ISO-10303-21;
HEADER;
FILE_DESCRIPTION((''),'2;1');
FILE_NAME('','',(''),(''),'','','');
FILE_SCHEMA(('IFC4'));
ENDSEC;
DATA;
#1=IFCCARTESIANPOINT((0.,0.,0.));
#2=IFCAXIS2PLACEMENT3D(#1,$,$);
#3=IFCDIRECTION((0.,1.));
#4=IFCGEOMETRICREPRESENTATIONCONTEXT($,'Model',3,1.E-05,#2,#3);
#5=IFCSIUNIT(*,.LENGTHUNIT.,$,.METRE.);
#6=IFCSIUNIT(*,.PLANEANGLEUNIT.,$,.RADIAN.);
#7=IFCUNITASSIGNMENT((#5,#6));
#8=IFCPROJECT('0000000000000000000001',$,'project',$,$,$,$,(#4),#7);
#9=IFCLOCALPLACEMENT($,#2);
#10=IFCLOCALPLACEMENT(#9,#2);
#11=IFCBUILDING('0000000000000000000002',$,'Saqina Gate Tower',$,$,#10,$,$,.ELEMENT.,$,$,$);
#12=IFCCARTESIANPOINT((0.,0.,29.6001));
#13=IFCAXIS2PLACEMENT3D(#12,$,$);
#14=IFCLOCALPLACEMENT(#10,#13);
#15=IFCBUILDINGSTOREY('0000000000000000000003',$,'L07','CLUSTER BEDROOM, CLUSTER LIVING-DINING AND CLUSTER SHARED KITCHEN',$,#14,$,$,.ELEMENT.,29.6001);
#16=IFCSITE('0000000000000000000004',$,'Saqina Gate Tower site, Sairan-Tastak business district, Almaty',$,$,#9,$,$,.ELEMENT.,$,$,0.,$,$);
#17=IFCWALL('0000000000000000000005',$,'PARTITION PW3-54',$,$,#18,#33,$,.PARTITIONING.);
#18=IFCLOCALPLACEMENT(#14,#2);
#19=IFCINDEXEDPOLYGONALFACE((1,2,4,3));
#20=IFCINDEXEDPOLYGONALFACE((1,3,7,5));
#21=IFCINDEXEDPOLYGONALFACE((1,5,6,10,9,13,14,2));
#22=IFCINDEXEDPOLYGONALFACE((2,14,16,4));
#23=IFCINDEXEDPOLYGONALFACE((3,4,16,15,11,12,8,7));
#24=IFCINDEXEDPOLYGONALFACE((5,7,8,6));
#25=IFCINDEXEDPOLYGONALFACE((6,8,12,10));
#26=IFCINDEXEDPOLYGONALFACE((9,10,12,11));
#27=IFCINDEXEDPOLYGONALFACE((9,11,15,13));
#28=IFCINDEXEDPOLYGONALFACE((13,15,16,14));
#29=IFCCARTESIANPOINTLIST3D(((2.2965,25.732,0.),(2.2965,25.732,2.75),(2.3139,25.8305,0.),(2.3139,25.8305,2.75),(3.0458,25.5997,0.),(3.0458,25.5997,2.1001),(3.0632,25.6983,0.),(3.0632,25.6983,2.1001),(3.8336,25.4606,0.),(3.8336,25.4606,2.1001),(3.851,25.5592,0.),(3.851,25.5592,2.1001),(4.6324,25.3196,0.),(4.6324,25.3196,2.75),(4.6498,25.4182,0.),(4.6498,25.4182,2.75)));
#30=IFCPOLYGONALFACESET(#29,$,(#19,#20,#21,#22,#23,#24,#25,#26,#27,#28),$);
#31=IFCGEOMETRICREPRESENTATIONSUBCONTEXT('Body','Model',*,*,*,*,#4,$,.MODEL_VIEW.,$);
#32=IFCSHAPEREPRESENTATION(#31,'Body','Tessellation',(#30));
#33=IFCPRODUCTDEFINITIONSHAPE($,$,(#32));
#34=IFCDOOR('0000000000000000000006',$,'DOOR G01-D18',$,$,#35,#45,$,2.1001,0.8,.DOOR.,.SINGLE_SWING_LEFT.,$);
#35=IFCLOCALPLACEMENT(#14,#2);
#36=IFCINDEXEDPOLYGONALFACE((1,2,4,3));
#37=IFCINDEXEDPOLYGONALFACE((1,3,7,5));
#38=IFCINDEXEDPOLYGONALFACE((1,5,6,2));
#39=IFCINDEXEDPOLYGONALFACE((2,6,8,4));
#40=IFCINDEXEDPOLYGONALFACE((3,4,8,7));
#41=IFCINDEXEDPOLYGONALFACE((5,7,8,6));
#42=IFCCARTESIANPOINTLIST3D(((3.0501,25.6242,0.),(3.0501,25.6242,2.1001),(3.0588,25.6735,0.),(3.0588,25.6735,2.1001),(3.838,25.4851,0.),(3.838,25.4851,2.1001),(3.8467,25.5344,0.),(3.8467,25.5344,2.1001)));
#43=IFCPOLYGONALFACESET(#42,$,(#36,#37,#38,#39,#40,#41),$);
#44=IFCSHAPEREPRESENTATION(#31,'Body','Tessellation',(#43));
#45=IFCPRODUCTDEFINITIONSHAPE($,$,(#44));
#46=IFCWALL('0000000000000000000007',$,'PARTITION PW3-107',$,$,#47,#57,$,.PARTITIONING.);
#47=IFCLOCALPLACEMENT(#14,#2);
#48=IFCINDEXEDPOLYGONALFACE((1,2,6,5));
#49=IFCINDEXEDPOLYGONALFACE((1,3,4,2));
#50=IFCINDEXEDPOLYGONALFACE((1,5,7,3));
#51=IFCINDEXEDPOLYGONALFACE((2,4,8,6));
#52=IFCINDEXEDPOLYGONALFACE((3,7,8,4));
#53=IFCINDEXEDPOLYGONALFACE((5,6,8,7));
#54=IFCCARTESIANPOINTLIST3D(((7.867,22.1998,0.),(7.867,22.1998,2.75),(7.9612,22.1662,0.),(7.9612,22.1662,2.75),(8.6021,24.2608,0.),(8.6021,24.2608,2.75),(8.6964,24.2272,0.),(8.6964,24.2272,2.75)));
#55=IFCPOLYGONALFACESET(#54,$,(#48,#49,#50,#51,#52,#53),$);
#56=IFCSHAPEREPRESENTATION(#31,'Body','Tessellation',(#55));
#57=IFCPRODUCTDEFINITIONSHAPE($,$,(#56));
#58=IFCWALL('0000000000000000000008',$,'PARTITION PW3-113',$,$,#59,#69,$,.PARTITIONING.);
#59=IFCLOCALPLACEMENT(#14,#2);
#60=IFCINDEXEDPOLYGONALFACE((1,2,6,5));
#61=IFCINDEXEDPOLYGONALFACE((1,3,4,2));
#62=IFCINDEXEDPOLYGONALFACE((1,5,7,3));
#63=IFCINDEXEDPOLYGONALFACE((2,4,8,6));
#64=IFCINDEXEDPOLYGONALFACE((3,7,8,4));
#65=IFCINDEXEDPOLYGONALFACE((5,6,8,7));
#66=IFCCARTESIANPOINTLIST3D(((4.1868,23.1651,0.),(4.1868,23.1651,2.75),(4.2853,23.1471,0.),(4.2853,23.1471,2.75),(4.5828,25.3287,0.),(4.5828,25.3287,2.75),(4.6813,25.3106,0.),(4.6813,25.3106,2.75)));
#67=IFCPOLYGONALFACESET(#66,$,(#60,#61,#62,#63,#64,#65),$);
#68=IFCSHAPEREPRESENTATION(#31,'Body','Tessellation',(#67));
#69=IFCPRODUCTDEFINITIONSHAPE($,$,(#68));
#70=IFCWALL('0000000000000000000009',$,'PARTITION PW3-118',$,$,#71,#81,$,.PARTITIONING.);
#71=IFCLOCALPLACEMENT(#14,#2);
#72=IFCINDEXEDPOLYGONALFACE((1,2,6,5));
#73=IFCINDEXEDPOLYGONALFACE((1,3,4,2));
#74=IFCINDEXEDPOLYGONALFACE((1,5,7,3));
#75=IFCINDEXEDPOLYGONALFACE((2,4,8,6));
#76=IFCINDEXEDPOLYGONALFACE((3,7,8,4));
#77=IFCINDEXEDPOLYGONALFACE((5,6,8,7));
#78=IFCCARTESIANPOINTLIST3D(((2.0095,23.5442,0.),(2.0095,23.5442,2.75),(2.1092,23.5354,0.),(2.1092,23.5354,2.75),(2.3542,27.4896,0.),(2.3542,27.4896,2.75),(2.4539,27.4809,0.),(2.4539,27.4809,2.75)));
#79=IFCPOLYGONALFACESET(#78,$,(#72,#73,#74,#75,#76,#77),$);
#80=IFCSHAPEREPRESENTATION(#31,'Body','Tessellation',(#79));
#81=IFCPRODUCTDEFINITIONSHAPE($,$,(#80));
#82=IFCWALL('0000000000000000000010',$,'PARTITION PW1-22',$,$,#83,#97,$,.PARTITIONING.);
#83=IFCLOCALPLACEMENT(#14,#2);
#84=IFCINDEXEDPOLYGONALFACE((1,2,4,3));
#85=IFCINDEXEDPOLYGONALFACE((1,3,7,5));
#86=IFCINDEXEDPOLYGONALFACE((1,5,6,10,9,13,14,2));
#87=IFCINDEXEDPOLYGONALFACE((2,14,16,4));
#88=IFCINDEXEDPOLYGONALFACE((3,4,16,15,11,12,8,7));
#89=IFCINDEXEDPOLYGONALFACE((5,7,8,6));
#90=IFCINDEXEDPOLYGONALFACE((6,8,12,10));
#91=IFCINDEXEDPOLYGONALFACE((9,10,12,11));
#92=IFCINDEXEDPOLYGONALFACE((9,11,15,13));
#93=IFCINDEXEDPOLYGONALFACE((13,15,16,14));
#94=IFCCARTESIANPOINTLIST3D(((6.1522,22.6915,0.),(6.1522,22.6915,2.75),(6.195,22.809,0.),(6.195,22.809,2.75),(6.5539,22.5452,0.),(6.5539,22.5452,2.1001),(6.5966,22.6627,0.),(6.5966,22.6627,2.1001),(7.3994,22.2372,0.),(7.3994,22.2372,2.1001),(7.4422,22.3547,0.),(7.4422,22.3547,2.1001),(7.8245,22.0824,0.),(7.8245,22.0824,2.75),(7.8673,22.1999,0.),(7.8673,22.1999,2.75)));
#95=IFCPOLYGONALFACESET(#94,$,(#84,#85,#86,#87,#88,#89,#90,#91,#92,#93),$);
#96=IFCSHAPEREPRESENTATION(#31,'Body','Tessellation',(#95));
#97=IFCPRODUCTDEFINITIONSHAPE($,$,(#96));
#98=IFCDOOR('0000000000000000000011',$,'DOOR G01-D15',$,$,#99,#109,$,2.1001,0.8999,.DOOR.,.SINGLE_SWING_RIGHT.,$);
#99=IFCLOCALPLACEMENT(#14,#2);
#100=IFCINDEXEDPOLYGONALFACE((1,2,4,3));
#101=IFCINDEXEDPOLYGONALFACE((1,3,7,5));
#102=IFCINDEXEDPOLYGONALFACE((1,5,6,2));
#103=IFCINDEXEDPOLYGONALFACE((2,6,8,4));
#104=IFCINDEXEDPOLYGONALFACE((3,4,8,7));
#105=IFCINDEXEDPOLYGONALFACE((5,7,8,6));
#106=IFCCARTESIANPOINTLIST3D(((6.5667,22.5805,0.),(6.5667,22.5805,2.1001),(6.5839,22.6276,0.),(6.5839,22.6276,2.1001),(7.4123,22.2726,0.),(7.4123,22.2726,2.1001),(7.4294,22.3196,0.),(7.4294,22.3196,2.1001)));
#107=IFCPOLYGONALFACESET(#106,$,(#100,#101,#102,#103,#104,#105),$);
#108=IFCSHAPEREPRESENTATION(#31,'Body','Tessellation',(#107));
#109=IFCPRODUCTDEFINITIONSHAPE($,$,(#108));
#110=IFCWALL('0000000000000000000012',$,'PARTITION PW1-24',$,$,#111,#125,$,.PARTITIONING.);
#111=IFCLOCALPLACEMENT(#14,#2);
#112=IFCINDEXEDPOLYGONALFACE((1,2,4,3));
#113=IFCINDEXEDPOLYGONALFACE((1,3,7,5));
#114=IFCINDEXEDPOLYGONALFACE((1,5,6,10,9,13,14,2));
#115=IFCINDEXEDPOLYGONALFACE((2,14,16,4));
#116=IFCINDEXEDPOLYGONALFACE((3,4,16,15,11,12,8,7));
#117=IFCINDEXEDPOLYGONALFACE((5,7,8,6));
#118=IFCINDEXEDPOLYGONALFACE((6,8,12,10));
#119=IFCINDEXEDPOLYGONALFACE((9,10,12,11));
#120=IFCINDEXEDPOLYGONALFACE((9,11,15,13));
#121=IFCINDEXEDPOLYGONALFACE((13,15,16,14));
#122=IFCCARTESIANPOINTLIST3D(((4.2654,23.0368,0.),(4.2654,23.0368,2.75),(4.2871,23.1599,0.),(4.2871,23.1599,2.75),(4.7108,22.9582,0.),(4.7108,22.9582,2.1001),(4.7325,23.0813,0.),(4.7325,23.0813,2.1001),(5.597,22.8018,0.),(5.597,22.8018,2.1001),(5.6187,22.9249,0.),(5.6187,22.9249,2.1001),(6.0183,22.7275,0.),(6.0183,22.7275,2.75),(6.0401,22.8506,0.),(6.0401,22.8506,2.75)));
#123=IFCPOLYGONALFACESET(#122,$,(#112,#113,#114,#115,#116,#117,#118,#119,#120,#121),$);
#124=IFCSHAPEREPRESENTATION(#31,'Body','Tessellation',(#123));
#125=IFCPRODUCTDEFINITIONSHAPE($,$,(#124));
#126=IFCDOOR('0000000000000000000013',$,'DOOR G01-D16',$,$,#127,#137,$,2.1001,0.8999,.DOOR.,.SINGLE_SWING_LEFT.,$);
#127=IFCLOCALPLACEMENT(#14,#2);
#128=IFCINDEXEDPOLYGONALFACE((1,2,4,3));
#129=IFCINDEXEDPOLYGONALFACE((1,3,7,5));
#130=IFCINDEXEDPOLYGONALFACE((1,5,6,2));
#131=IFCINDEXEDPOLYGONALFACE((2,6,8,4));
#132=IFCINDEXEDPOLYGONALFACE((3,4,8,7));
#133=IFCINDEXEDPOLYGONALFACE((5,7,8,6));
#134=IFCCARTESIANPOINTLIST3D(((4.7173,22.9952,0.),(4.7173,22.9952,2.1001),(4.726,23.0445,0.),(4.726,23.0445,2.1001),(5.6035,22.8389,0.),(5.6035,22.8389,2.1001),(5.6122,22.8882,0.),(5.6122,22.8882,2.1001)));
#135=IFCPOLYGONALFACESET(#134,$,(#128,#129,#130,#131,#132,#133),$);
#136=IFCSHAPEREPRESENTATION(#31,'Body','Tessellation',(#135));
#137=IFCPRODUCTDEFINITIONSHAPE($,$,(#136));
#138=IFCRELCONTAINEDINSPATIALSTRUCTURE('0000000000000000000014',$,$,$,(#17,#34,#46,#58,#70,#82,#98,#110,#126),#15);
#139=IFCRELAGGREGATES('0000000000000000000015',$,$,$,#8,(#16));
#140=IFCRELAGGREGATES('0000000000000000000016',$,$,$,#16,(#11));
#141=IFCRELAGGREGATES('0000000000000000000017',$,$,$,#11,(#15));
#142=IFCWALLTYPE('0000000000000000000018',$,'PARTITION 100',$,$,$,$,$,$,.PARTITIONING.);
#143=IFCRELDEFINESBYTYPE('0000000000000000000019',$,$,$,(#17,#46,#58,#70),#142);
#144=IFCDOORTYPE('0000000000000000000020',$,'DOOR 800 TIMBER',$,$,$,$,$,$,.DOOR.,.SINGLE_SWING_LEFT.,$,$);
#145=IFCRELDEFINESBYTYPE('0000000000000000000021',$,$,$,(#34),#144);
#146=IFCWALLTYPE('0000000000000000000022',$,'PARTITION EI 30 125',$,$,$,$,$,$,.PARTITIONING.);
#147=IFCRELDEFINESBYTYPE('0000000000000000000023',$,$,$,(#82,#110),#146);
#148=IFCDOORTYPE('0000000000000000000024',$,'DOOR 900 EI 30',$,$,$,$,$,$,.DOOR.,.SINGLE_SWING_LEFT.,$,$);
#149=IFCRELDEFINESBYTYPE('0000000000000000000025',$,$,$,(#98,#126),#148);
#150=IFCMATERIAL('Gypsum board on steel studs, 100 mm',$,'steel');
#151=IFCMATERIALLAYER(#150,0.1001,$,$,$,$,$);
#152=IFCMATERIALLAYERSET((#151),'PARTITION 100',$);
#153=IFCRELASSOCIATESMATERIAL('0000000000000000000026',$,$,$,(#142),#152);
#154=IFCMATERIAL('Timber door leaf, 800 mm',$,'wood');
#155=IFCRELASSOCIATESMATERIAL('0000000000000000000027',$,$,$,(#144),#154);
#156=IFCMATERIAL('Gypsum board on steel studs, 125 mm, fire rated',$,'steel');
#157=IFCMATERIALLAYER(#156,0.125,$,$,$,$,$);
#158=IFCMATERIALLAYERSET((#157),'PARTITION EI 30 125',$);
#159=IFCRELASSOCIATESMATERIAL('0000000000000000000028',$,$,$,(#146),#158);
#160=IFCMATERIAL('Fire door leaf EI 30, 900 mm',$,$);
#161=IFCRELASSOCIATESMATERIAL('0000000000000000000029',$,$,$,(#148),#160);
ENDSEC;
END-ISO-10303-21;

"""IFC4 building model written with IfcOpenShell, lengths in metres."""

from ifc_helpers import new_model, si_unit, direction, frame, frame_2d, origin, place, context, subcontext, project, spatial, rectangle, extrude, material, layer, layer_set, type_object, element, fill, save


model = new_model("IFC4")

# Units and contexts
model_context = context("Model", 3, precision=1e-05, world=origin(), true_north=direction((0.0, 1.0)))
body_context = subcontext(model_context, "Body", "Model", "MODEL_VIEW")
ifc_project = project(units=[si_unit("LENGTHUNIT", "METRE"), si_unit("PLANEANGLEUNIT", "RADIAN")], contexts=[model_context])

# Site, building, storey
site_placement = place(None, origin())
site = spatial("IfcSite", under=ifc_project, at=site_placement, Name="Saqina Gate Tower site, Sairan-Tastak business district, Almaty", CompositionType="ELEMENT", RefElevation=0.0)
building_placement = place(site_placement, origin())
building = spatial("IfcBuilding", under=site, at=building_placement, Name="Saqina Gate Tower", CompositionType="ELEMENT")
storey_placement = place(building_placement, frame((0.0, 0.0, 29.6001)))
storey = spatial("IfcBuildingStorey", under=building, at=storey_placement, Name="L07", Description="CLUSTER BEDROOM, CLUSTER LIVING-DINING AND CLUSTER SHARED KITCHEN", CompositionType="ELEMENT", Elevation=29.6001)

# Shared definitions
ifc_material_1 = material(Name="Gypsum board on steel studs, 100 mm", Category="steel")
ifc_layer_1 = layer(ifc_material_1, 0.1001)
ifc_layer_set_1 = layer_set([ifc_layer_1], Name="PARTITION 100")
wall_type_1 = type_object("IfcWallType", Name="PARTITION 100", PredefinedType="PARTITIONING", material=ifc_layer_set_1)
ifc_material_2 = material(Name="Timber door leaf, 800 mm", Category="wood")
door_type_1 = type_object("IfcDoorType", Name="DOOR 800 TIMBER", OperationType="SINGLE_SWING_LEFT", PredefinedType="DOOR", material=ifc_material_2)

# Wall, opening, door
wall_1_placement = place(storey_placement, frame((2.3052, 25.7812, 0.0), z_axis=(0.0, 0.0, 1.0), x_axis=(0.984774, -0.173838, 0.0)))
wall_1 = element("IfcWall", 1, at=wall_1_placement, inside=storey, type_object=wall_type_1, Name="PARTITION PW3-54", PredefinedType="PARTITIONING", context=body_context, shape_type="SweptSolid", body=[
    extrude(rectangle(XDim=2.3721, YDim=0.1001, at=frame_2d((1.186, 0.0))), origin(), (0.0, 0.0, 1.0), 2.75),
])
opening_1_placement = place(wall_1_placement, frame((0.761, 0.0, 0.0)))
opening_1 = element("IfcOpeningElement", 2, at=opening_1_placement, cuts=wall_1, PredefinedType="OPENING", context=body_context, shape_type="SweptSolid", body=[
    extrude(rectangle(XDim=0.8, YDim=2.1001, at=frame_2d((0.3999, 1.05))), frame((0.0, 0.062, 0.0), z_axis=(0.0, -1.0, 0.0), x_axis=(1.0, 0.0, 0.0)), (0.0, 0.0, 1.0), 0.124),
])
door_1_placement = place(opening_1_placement, origin())
door_1 = element("IfcDoor", 3, at=door_1_placement, inside=storey, type_object=door_type_1, Name="DOOR G01-D18", OperationType="SINGLE_SWING_LEFT", OverallHeight=2.1001, OverallWidth=0.8, PredefinedType="DOOR", context=body_context, shape_type="SweptSolid", body=[
    extrude(rectangle(XDim=0.8, YDim=2.1001, at=frame_2d((0.3999, 1.05))), frame((0.0, 0.0249, 0.0), z_axis=(0.0, -1.0, 0.0), x_axis=(1.0, 0.0, 0.0)), (0.0, 0.0, 1.0), 0.05),
])
fill(opening_1, door_1)

# Walls
wall_2_placement = place(storey_placement, frame((7.9141, 22.1829, 0.0), z_axis=(0.0, 0.0, 1.0), x_axis=(0.335941, 0.941883, 0.0)))
element("IfcWall", 4, at=wall_2_placement, inside=storey, type_object=wall_type_1, Name="PARTITION PW3-107", PredefinedType="PARTITIONING", context=body_context, shape_type="SweptSolid", body=[
    extrude(rectangle(XDim=2.1882, YDim=0.1001, at=frame_2d((1.0942, 0.0))), origin(), (0.0, 0.0, 1.0), 2.75),
])
wall_3_placement = place(storey_placement, frame((4.2361, 23.1562, 0.0), z_axis=(0.0, 0.0, 1.0), x_axis=(0.180038, 0.98366, 0.0)))
element("IfcWall", 5, at=wall_3_placement, inside=storey, type_object=wall_type_1, Name="PARTITION PW3-113", PredefinedType="PARTITIONING", context=body_context, shape_type="SweptSolid", body=[
    extrude(rectangle(XDim=2.1995, YDim=0.1001, at=frame_2d((1.0996, 0.0))), origin(), (0.0, 0.0, 1.0), 2.75),
])
wall_4_placement = place(storey_placement, frame((2.0593, 23.5398, 0.0), z_axis=(0.0, 0.0, 1.0), x_axis=(0.087045, 0.996204, 0.0)))
element("IfcWall", 6, at=wall_4_placement, inside=storey, type_object=wall_type_1, Name="PARTITION PW3-118", PredefinedType="PARTITIONING", context=body_context, shape_type="SweptSolid", body=[
    extrude(rectangle(XDim=3.9604, YDim=0.1001, at=frame_2d((1.9802, 0.0))), origin(), (0.0, 0.0, 1.0), 2.75),
])

# Walls, openings, doors
ifc_material_3 = material(Name="Gypsum board on steel studs, 125 mm, fire rated", Category="steel")
ifc_layer_2 = layer(ifc_material_3, 0.125)
ifc_layer_set_2 = layer_set([ifc_layer_2], Name="PARTITION EI 30 125")
wall_type_2 = type_object("IfcWallType", Name="PARTITION EI 30 125", PredefinedType="PARTITIONING", material=ifc_layer_set_2)
wall_5_placement = place(storey_placement, frame((6.1736, 22.7502, 0.0), z_axis=(0.0, 0.0, 1.0), x_axis=(0.939613, -0.342239, 0.0)))
wall_5 = element("IfcWall", 7, at=wall_5_placement, inside=storey, type_object=wall_type_2, Name="PARTITION PW1-22", PredefinedType="PARTITIONING", context=body_context, shape_type="SweptSolid", body=[
    extrude(rectangle(XDim=1.7798, YDim=0.125, at=frame_2d((0.8899, 0.0))), origin(), (0.0, 0.0, 1.0), 2.75),
])
opening_2_placement = place(wall_5_placement, frame((0.4275, 0.0, 0.0)))
opening_2 = element("IfcOpeningElement", 8, at=opening_2_placement, cuts=wall_5, PredefinedType="OPENING", context=body_context, shape_type="SweptSolid", body=[
    extrude(rectangle(XDim=0.8999, YDim=2.1001, at=frame_2d((0.45, 1.05))), frame((0.0, 0.0745, 0.0), z_axis=(0.0, -1.0, 0.0), x_axis=(1.0, 0.0, 0.0)), (0.0, 0.0, 1.0), 0.1489),
])
ifc_material_4 = material(Name="Fire door leaf EI 30, 900 mm")
door_type_2 = type_object("IfcDoorType", Name="DOOR 900 EI 30", OperationType="SINGLE_SWING_LEFT", PredefinedType="DOOR", material=ifc_material_4)
door_2_placement = place(opening_2_placement, frame((0.8999, 0.0, 0.0), z_axis=(0.0, 0.0, 1.0), x_axis=(-1.0, 0.0, 0.0)))
door_2 = element("IfcDoor", 9, at=door_2_placement, inside=storey, type_object=door_type_2, Name="DOOR G01-D15", OperationType="SINGLE_SWING_RIGHT", OverallHeight=2.1001, OverallWidth=0.8999, PredefinedType="DOOR", context=body_context, shape_type="SweptSolid", body=[
    extrude(rectangle(XDim=0.8999, YDim=2.1001, at=frame_2d((0.45, 1.05))), frame((0.0, 0.0249, 0.0), z_axis=(0.0, -1.0, 0.0), x_axis=(1.0, 0.0, 0.0)), (0.0, 0.0, 1.0), 0.05),
])
fill(opening_2, door_2)
wall_6_placement = place(storey_placement, frame((4.2761, 23.0984, 0.0), z_axis=(0.0, 0.0, 1.0), x_axis=(0.984785, -0.173778, 0.0)))
wall_6 = element("IfcWall", 10, at=wall_6_placement, inside=storey, type_object=wall_type_2, Name="PARTITION PW1-24", PredefinedType="PARTITIONING", context=body_context, shape_type="SweptSolid", body=[
    extrude(rectangle(XDim=1.78, YDim=0.125, at=frame_2d((0.8901, 0.0))), origin(), (0.0, 0.0, 1.0), 2.75),
])
opening_3_placement = place(wall_6_placement, frame((0.4524, 0.0, 0.0)))
opening_3 = element("IfcOpeningElement", 11, at=opening_3_placement, cuts=wall_6, PredefinedType="OPENING", context=body_context, shape_type="SweptSolid", body=[
    extrude(rectangle(XDim=0.8999, YDim=2.1001, at=frame_2d((0.45, 1.05))), frame((0.0, 0.0745, 0.0), z_axis=(0.0, -1.0, 0.0), x_axis=(1.0, 0.0, 0.0)), (0.0, 0.0, 1.0), 0.1489),
])
door_3_placement = place(opening_3_placement, frame((0.8999, 0.0, 0.0), z_axis=(0.0, 0.0, 1.0), x_axis=(-1.0, 0.0, 0.0)))
door_3 = element("IfcDoor", 12, at=door_3_placement, inside=storey, type_object=door_type_2, Name="DOOR G01-D16", OperationType="SINGLE_SWING_LEFT", OverallHeight=2.1001, OverallWidth=0.8999, PredefinedType="DOOR", context=body_context, shape_type="SweptSolid", body=[
    extrude(rectangle(XDim=0.8999, YDim=2.1001, at=frame_2d((0.45, 1.05))), frame((0.0, 0.0249, 0.0), z_axis=(0.0, -1.0, 0.0), x_axis=(1.0, 0.0, 0.0)), (0.0, 0.0, 1.0), 0.05),
])
fill(opening_3, door_3)

save(model, "model.ifc")
